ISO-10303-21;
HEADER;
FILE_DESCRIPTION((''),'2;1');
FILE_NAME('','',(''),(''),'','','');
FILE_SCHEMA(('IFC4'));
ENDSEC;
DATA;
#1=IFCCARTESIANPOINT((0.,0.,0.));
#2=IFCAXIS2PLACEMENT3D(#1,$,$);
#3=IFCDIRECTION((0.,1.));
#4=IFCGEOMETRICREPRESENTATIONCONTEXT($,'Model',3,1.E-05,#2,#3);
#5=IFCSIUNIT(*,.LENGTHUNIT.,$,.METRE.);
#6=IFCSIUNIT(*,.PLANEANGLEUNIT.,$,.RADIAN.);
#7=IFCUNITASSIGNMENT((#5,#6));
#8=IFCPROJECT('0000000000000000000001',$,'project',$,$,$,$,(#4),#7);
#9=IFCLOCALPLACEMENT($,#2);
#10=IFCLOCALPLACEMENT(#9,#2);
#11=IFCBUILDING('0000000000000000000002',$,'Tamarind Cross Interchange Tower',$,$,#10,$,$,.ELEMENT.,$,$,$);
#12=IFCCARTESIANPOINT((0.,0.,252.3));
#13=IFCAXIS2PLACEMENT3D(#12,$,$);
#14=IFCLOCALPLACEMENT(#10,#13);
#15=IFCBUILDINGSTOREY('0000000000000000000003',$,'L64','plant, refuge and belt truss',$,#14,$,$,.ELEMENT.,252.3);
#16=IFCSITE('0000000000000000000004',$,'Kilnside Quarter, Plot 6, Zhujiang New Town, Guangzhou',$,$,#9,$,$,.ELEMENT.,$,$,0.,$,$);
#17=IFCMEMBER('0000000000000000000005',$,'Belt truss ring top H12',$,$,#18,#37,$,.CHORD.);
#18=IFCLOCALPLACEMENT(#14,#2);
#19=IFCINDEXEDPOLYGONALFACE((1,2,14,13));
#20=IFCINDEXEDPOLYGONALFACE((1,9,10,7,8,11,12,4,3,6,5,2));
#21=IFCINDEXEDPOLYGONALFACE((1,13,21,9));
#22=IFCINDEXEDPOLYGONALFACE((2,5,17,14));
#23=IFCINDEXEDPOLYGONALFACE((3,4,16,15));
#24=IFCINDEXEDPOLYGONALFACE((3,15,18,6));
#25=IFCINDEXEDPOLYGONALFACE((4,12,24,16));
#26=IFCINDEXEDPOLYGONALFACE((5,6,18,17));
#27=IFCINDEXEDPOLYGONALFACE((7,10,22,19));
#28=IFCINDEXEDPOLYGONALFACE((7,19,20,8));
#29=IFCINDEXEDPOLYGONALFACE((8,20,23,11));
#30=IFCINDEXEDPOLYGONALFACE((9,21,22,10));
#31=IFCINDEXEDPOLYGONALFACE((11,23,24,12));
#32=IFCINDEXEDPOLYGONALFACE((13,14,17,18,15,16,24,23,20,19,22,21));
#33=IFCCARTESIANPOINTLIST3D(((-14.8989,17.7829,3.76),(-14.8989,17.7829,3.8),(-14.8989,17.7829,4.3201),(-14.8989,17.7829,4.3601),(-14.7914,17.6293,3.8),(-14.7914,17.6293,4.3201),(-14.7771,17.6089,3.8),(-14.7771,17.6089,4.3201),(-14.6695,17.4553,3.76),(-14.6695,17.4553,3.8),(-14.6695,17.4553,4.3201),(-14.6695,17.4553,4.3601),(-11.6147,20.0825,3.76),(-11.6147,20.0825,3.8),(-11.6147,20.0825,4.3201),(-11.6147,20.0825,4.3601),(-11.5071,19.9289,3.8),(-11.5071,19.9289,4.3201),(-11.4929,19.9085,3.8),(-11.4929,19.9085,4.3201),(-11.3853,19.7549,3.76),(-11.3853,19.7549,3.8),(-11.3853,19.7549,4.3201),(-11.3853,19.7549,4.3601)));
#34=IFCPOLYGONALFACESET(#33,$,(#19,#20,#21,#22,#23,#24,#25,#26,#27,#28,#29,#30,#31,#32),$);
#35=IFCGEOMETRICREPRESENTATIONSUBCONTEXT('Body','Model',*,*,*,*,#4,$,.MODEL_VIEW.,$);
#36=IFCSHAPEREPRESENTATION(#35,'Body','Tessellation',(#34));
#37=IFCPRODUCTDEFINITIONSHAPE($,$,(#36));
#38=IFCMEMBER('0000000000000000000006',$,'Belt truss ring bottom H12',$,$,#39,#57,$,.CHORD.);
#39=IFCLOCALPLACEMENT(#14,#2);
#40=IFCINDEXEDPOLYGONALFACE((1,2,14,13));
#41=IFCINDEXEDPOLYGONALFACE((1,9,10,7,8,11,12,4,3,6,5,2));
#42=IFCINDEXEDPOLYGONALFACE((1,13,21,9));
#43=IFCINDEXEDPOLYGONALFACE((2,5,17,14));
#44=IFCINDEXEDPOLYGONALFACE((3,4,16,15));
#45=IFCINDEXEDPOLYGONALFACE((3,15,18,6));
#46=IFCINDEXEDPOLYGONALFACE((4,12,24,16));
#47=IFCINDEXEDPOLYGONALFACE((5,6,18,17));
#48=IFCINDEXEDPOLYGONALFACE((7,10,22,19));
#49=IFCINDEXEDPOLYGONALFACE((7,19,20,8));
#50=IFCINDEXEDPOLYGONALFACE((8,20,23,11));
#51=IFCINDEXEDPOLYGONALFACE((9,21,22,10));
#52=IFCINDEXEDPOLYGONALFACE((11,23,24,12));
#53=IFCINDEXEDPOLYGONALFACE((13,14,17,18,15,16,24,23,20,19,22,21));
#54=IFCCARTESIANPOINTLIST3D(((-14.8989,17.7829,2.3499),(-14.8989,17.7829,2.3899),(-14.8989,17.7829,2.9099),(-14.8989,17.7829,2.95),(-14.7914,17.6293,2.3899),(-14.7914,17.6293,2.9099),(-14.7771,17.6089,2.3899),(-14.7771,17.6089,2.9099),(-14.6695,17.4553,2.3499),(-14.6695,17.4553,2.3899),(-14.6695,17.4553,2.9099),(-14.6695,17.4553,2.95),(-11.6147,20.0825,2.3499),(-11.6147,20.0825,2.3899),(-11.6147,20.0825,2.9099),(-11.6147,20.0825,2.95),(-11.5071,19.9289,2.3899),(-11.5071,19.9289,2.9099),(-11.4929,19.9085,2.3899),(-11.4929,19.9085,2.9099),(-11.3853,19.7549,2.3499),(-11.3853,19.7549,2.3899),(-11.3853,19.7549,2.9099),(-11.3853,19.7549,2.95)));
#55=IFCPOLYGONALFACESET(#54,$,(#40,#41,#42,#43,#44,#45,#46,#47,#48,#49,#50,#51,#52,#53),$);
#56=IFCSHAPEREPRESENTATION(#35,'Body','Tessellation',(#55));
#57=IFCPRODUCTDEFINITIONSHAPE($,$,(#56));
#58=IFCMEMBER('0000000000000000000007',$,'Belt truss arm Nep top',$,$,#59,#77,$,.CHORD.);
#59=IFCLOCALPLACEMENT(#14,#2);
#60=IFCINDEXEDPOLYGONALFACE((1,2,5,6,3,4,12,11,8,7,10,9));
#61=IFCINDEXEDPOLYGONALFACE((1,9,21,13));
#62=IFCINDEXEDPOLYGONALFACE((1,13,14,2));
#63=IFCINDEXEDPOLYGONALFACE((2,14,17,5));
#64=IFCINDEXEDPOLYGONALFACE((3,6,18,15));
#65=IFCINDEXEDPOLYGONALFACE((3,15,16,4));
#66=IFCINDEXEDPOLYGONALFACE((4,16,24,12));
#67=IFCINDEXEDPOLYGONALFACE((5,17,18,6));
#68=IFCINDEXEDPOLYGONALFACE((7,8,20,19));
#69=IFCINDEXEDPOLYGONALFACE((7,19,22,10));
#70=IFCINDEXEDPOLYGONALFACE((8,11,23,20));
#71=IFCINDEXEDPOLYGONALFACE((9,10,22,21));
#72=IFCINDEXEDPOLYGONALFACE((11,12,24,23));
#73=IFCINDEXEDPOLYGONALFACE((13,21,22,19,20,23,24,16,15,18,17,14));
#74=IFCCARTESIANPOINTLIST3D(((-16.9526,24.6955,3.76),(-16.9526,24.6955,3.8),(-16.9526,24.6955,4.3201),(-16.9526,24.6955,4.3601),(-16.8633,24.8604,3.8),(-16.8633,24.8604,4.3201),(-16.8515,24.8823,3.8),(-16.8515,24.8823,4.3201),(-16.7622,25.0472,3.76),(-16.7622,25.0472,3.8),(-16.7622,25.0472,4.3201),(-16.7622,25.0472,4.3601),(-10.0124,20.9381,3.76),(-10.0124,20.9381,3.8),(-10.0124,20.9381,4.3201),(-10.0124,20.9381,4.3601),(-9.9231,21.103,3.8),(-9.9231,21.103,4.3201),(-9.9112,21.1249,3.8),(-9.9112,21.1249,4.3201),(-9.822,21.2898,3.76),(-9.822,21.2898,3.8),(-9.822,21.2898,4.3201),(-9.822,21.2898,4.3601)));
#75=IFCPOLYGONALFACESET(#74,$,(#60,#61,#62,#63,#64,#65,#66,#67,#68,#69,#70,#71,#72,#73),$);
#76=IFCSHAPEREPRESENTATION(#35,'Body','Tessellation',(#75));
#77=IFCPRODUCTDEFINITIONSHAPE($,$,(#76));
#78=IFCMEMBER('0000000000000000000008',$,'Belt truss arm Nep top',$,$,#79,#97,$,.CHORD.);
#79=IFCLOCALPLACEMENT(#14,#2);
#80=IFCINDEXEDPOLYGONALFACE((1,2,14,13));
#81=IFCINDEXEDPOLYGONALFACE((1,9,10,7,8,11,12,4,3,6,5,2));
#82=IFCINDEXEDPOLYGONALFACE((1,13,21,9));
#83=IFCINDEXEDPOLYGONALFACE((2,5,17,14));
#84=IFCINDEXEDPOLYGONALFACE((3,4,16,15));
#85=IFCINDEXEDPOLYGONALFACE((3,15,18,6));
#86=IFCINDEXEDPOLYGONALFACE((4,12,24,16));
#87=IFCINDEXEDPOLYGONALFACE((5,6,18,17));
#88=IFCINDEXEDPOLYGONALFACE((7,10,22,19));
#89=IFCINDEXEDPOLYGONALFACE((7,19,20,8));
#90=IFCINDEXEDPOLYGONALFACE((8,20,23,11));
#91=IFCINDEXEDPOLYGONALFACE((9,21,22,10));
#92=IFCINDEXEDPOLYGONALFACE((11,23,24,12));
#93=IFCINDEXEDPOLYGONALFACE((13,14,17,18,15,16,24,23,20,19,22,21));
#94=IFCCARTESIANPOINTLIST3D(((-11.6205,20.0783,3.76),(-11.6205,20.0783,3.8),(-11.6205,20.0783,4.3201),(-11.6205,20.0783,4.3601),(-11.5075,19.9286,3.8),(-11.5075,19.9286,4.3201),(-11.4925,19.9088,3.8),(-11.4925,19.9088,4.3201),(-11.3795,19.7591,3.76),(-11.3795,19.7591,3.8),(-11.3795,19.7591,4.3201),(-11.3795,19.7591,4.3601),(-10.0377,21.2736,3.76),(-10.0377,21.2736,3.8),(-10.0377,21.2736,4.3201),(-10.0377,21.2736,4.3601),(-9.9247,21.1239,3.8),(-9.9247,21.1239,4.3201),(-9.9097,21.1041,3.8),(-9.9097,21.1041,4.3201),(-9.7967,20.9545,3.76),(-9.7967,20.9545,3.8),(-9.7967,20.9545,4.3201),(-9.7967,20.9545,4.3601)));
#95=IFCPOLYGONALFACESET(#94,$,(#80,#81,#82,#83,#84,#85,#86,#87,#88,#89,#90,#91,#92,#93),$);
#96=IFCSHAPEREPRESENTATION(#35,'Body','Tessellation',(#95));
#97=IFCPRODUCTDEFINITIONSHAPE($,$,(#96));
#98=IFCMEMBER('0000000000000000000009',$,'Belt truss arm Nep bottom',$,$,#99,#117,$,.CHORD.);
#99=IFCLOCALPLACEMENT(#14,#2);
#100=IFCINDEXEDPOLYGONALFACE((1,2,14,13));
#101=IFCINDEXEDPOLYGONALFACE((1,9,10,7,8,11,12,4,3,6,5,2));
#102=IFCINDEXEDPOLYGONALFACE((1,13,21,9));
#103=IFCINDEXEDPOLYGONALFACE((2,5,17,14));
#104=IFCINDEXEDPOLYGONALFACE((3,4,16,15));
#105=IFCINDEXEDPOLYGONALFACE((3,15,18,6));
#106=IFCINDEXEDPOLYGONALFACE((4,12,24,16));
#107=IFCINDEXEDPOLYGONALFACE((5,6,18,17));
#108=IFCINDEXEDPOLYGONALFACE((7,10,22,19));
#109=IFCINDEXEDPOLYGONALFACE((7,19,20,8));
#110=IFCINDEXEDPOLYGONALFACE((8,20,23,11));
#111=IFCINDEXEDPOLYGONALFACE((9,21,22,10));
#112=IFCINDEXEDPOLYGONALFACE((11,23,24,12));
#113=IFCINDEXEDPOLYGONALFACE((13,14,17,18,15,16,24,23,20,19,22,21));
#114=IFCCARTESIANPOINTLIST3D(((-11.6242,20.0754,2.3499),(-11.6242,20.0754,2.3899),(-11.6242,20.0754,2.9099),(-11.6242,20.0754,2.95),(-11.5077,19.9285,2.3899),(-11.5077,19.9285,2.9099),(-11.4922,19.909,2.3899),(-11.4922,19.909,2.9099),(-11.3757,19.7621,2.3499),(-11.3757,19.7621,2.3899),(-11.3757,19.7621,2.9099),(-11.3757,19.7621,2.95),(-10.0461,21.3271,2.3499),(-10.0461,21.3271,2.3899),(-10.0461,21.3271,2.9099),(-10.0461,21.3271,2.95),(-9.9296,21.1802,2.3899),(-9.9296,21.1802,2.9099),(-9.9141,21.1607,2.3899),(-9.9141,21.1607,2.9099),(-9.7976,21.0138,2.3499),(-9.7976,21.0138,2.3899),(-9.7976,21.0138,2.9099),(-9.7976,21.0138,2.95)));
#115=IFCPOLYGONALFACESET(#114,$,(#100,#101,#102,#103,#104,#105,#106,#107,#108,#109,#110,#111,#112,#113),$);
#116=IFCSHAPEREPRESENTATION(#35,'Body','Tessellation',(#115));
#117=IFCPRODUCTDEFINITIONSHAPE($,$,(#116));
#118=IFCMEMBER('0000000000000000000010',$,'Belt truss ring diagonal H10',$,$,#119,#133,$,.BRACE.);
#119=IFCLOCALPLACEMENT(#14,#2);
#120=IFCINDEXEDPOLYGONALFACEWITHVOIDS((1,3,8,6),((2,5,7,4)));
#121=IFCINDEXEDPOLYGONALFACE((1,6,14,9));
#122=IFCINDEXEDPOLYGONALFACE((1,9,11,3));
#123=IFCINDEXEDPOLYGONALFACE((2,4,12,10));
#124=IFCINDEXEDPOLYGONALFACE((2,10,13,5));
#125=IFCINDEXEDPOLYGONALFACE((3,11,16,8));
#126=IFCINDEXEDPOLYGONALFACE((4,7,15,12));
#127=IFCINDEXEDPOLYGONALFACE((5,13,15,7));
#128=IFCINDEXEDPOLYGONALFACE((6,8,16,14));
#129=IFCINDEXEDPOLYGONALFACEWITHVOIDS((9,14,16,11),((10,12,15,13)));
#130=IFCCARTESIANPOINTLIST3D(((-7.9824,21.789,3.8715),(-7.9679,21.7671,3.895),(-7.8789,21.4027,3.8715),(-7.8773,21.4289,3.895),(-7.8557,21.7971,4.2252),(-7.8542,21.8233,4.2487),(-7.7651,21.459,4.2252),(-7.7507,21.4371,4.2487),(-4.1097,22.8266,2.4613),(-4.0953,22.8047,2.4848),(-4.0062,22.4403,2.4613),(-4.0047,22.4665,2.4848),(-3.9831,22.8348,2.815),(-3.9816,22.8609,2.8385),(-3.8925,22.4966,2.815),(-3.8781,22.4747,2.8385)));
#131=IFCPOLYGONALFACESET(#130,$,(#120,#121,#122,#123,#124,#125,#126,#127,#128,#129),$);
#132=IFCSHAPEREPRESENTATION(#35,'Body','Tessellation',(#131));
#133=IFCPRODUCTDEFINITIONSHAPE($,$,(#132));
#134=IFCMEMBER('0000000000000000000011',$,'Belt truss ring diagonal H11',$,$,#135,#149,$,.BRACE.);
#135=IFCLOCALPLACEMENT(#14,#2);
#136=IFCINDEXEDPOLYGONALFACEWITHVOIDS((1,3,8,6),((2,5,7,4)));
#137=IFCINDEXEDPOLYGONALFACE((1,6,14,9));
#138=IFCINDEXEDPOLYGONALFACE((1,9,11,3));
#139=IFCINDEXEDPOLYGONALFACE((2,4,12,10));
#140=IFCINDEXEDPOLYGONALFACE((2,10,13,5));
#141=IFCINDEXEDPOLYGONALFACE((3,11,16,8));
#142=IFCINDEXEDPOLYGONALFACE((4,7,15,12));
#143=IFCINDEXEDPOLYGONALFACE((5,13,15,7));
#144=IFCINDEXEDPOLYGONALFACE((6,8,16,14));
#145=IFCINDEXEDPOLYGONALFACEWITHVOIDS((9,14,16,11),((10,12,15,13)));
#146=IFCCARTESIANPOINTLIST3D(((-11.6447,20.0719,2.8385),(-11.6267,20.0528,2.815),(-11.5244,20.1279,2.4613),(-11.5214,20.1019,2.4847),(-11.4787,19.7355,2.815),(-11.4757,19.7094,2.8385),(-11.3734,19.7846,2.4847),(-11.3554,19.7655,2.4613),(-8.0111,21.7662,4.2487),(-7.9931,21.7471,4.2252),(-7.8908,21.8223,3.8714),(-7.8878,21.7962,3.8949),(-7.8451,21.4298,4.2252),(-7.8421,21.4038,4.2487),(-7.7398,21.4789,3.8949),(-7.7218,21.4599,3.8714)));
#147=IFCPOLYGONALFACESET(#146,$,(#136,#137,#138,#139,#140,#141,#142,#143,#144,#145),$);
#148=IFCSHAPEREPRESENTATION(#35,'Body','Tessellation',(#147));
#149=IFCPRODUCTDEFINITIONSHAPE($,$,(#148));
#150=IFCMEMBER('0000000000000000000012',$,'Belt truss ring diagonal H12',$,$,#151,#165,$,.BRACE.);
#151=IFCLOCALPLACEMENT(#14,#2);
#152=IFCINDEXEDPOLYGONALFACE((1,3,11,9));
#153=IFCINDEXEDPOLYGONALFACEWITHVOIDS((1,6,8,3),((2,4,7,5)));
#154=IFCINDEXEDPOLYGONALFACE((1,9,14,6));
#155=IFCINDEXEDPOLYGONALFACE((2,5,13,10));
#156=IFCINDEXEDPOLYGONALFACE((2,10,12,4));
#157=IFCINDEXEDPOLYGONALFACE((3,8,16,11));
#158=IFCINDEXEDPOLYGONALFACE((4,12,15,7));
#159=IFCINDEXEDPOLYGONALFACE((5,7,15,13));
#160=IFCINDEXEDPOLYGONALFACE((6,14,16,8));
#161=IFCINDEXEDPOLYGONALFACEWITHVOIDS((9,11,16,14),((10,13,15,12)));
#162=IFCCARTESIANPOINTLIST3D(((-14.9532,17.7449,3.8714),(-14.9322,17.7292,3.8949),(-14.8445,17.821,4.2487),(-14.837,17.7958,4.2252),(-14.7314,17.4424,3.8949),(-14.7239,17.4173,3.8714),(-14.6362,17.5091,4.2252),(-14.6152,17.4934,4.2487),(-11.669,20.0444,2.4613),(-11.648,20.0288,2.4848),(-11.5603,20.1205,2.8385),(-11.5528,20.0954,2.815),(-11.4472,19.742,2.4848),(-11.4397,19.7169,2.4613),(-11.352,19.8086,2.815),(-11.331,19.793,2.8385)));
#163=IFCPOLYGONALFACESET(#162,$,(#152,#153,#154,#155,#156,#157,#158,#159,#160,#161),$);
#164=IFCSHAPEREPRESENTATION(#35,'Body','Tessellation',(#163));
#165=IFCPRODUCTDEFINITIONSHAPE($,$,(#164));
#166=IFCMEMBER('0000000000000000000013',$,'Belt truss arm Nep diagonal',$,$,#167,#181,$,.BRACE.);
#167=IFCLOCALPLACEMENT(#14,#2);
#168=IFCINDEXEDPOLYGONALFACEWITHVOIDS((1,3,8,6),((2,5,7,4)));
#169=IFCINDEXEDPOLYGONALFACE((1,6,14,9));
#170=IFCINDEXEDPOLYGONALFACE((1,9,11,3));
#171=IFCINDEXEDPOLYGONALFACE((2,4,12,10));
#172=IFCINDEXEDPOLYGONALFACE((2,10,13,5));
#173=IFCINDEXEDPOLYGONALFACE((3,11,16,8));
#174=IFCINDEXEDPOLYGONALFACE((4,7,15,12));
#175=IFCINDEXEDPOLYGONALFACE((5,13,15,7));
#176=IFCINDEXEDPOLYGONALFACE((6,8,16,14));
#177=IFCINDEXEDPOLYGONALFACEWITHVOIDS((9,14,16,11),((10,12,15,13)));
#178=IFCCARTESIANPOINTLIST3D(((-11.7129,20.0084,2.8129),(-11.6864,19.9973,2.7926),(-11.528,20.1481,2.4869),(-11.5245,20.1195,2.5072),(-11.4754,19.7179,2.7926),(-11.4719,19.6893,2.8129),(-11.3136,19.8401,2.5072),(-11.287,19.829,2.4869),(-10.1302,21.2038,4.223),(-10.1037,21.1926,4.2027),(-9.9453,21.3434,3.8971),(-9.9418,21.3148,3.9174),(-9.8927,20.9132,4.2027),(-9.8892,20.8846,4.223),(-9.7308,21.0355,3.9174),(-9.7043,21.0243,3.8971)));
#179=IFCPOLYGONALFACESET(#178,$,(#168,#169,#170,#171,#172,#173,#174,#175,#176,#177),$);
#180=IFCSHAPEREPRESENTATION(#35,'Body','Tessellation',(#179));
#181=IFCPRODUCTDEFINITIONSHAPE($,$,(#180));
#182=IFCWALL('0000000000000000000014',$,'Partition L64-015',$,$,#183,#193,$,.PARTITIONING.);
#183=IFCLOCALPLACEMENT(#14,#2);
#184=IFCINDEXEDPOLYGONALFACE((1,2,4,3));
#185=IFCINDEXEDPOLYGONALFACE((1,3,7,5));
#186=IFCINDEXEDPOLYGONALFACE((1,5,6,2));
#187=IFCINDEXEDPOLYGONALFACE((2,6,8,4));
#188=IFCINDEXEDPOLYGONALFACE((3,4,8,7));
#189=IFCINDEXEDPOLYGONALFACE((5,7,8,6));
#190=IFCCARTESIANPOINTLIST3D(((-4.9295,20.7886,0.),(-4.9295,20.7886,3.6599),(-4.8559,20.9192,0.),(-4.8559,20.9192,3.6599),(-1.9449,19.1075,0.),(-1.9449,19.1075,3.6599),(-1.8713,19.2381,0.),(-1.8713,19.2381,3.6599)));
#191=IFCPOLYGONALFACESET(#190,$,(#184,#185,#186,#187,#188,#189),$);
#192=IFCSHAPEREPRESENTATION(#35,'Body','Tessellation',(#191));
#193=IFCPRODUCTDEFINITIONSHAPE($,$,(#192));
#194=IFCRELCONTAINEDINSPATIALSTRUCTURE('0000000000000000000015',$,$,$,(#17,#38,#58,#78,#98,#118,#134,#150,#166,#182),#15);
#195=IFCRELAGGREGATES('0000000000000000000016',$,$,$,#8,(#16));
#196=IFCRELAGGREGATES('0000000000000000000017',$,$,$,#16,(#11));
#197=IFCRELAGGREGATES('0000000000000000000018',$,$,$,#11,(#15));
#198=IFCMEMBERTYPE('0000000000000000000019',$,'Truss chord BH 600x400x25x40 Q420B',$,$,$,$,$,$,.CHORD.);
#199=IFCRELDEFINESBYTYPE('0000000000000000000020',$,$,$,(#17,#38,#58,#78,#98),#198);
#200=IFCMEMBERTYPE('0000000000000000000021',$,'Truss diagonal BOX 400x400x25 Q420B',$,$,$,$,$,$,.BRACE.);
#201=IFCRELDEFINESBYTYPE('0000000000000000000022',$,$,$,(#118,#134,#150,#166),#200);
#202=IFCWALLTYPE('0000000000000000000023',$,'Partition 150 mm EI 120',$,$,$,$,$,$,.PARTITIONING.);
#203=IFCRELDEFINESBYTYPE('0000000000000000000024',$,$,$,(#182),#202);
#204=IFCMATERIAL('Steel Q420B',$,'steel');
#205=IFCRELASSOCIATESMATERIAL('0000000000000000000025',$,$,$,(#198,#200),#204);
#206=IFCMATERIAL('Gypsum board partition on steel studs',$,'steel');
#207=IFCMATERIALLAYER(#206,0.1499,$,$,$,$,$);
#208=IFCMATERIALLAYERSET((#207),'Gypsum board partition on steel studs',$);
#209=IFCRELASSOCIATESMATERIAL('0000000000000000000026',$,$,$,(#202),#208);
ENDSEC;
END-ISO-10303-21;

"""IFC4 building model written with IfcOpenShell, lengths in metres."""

from ifc_helpers import new_model, si_unit, direction, frame, frame_2d, origin, origin_2d, place, context, subcontext, project, spatial, rectangle, hollow_rectangle, i_section, extrude, material, layer, layer_set, material_profile, profile_set, type_object, element, save


model = new_model("IFC4")

# Units and contexts
model_context = context("Model", 3, precision=1e-05, world=origin(), true_north=direction((0.0, 1.0)))
body_context = subcontext(model_context, "Body", "Model", "MODEL_VIEW")
ifc_project = project(units=[si_unit("LENGTHUNIT", "METRE"), si_unit("PLANEANGLEUNIT", "RADIAN")], contexts=[model_context])

# Site, building, storey
site_placement = place(None, origin())
site = spatial("IfcSite", under=ifc_project, at=site_placement, Name="Kilnside Quarter, Plot 6, Zhujiang New Town, Guangzhou", CompositionType="ELEMENT", RefElevation=0.0)
building_placement = place(site_placement, origin())
building = spatial("IfcBuilding", under=site, at=building_placement, Name="Tamarind Cross Interchange Tower", CompositionType="ELEMENT")
storey_placement = place(building_placement, frame((0.0, 0.0, 252.3)))
storey = spatial("IfcBuildingStorey", under=building, at=storey_placement, Name="L64", Description="plant, refuge and belt truss", CompositionType="ELEMENT", Elevation=252.3)

# Members
ifc_material_1 = material(Name="Steel Q420B", Category="steel")
ifc_material_profile_1 = material_profile(ifc_material_1, i_section(OverallWidth=0.3999, OverallDepth=0.6001, WebThickness=0.0249, FlangeThickness=0.04, at=origin_2d()), Name="BH 600x400x25x40")
ifc_profile_set_1 = profile_set([ifc_material_profile_1], Name="Steel Q420B")
member_type_1 = type_object("IfcMemberType", Name="Truss chord BH 600x400x25x40 Q420B", PredefinedType="CHORD", material=ifc_profile_set_1)
for number, where, z_axis, x_axis, name in (
    (1, (-11.5, 19.9187, 4.0601), (-0.819158, -0.573569, 0.0), (0.573569, -0.819158, 0.0), "Belt truss ring top H12"),
    (2, (-11.5, 19.9187, 2.6499), (-0.819158, -0.573569, 0.0), (0.573569, -0.819158, 0.0), "Belt truss ring bottom H12"),
):
    element("IfcMember", number, at=place(storey_placement, frame(where, z_axis=z_axis, x_axis=x_axis)), inside=storey, type_object=member_type_1, Name=name, PredefinedType="CHORD", context=body_context, shape_type="SweptSolid", body=[
        extrude(i_section(OverallWidth=0.3999, OverallDepth=0.6001, WebThickness=0.0249, FlangeThickness=0.04, at=origin_2d()), origin(), (0.0, 0.0, 1.0), 4.0093),
    ])
member_1_placement = place(storey_placement, frame((-16.8574, 24.8713, 4.0601), z_axis=(0.879395, -0.476093, 0.0), x_axis=(0.476093, 0.879395, 0.0)))
element("IfcMember", 3, at=member_1_placement, inside=storey, type_object=member_type_1, Name="Belt truss arm Nep top", PredefinedType="CHORD", context=body_context, shape_type="SweptSolid", body=[
    extrude(i_section(OverallWidth=0.3999, OverallDepth=0.6001, WebThickness=0.0249, FlangeThickness=0.04, at=origin_2d()), origin(), (0.0, 0.0, 1.0), 7.8921),
])
member_2_placement = place(storey_placement, frame((-9.9172, 21.114, 4.0601), z_axis=(-0.798002, -0.602655, 0.0), x_axis=(0.602655, -0.798002, 0.0)))
element("IfcMember", 4, at=member_2_placement, inside=storey, type_object=member_type_1, Name="Belt truss arm Nep top", PredefinedType="CHORD", context=body_context, shape_type="SweptSolid", body=[
    extrude(i_section(OverallWidth=0.3999, OverallDepth=0.6001, WebThickness=0.0249, FlangeThickness=0.04, at=origin_2d()), origin(), (0.0, 0.0, 1.0), 1.9834),
])
member_3_placement = place(storey_placement, frame((-9.9219, 21.1704, 2.6499), z_axis=(-0.783475, -0.621423, 0.0), x_axis=(0.621423, -0.783475, 0.0)))
element("IfcMember", 5, at=member_3_placement, inside=storey, type_object=member_type_1, Name="Belt truss arm Nep bottom", PredefinedType="CHORD", context=body_context, shape_type="SweptSolid", body=[
    extrude(i_section(OverallWidth=0.3999, OverallDepth=0.6001, WebThickness=0.0249, FlangeThickness=0.04, at=origin_2d()), origin(), (0.0, 0.0, 1.0), 2.0142),
])
ifc_material_profile_2 = material_profile(ifc_material_1, hollow_rectangle(XDim=0.3999, YDim=0.3999, WallThickness=0.0249, at=origin_2d()), Name="BOX 400x400x25")
ifc_profile_set_2 = profile_set([ifc_material_profile_2], Name="Steel Q420B")
member_type_2 = type_object("IfcMemberType", Name="Truss diagonal BOX 400x400x25 Q420B", PredefinedType="BRACE", material=ifc_profile_set_2)
for number, where, z_axis, x_axis, name in (
    (6, (-3.9939, 22.6506, 2.6499), (-0.911206, -0.244145, 0.331807), (0.258807, -0.965929, 0.0), "Belt truss ring diagonal H10"),
    (7, (-7.8665, 21.613, 4.0601), (-0.854964, -0.398673, -0.331806), (0.422615, -0.906309, 0.0), "Belt truss ring diagonal H11"),
    (8, (-11.5, 19.9187, 2.6499), (-0.772751, -0.541075, 0.331803), (0.573569, -0.819158, 0.0), "Belt truss ring diagonal H12"),
):
    element("IfcMember", number, at=place(storey_placement, frame(where, z_axis=z_axis, x_axis=x_axis)), inside=storey, type_object=member_type_2, Name=name, PredefinedType="BRACE", context=body_context, shape_type="SweptSolid", body=[
        extrude(hollow_rectangle(XDim=0.3999, YDim=0.3999, WallThickness=0.0249, at=origin_2d()), origin(), (0.0, 0.0, 1.0), 4.25),
    ])
member_4_placement = place(storey_placement, frame((-9.9172, 21.114, 4.0601), z_axis=(-0.650377, -0.491169, -0.579451), x_axis=(0.602655, -0.798002, 0.0)))
element("IfcMember", 9, at=member_4_placement, inside=storey, type_object=member_type_2, Name="Belt truss arm Nep diagonal", PredefinedType="BRACE", context=body_context, shape_type="SweptSolid", body=[
    extrude(hollow_rectangle(XDim=0.3999, YDim=0.3999, WallThickness=0.0249, at=origin_2d()), origin(), (0.0, 0.0, 1.0), 2.4336),
])

# Wall
ifc_material_2 = material(Name="Gypsum board partition on steel studs", Category="steel")
ifc_layer_1 = layer(ifc_material_2, 0.1499)
ifc_layer_set_1 = layer_set([ifc_layer_1], Name="Gypsum board partition on steel studs")
wall_type_1 = type_object("IfcWallType", Name="Partition 150 mm EI 120", PredefinedType="PARTITIONING", material=ifc_layer_set_1)
wall_1_placement = place(storey_placement, frame((-4.8928, 20.854, 0.0), z_axis=(0.0, 0.0, 1.0), x_axis=(0.871288, -0.490772, 0.0)))
element("IfcWall", 10, at=wall_1_placement, inside=storey, type_object=wall_type_1, Name="Partition L64-015", PredefinedType="PARTITIONING", context=body_context, shape_type="SweptSolid", body=[
    extrude(rectangle(XDim=3.4255, YDim=0.1499, at=frame_2d((1.7129, 0.0))), origin(), (0.0, 0.0, 1.0), 3.6599),
])

save(model, "model.ifc")
